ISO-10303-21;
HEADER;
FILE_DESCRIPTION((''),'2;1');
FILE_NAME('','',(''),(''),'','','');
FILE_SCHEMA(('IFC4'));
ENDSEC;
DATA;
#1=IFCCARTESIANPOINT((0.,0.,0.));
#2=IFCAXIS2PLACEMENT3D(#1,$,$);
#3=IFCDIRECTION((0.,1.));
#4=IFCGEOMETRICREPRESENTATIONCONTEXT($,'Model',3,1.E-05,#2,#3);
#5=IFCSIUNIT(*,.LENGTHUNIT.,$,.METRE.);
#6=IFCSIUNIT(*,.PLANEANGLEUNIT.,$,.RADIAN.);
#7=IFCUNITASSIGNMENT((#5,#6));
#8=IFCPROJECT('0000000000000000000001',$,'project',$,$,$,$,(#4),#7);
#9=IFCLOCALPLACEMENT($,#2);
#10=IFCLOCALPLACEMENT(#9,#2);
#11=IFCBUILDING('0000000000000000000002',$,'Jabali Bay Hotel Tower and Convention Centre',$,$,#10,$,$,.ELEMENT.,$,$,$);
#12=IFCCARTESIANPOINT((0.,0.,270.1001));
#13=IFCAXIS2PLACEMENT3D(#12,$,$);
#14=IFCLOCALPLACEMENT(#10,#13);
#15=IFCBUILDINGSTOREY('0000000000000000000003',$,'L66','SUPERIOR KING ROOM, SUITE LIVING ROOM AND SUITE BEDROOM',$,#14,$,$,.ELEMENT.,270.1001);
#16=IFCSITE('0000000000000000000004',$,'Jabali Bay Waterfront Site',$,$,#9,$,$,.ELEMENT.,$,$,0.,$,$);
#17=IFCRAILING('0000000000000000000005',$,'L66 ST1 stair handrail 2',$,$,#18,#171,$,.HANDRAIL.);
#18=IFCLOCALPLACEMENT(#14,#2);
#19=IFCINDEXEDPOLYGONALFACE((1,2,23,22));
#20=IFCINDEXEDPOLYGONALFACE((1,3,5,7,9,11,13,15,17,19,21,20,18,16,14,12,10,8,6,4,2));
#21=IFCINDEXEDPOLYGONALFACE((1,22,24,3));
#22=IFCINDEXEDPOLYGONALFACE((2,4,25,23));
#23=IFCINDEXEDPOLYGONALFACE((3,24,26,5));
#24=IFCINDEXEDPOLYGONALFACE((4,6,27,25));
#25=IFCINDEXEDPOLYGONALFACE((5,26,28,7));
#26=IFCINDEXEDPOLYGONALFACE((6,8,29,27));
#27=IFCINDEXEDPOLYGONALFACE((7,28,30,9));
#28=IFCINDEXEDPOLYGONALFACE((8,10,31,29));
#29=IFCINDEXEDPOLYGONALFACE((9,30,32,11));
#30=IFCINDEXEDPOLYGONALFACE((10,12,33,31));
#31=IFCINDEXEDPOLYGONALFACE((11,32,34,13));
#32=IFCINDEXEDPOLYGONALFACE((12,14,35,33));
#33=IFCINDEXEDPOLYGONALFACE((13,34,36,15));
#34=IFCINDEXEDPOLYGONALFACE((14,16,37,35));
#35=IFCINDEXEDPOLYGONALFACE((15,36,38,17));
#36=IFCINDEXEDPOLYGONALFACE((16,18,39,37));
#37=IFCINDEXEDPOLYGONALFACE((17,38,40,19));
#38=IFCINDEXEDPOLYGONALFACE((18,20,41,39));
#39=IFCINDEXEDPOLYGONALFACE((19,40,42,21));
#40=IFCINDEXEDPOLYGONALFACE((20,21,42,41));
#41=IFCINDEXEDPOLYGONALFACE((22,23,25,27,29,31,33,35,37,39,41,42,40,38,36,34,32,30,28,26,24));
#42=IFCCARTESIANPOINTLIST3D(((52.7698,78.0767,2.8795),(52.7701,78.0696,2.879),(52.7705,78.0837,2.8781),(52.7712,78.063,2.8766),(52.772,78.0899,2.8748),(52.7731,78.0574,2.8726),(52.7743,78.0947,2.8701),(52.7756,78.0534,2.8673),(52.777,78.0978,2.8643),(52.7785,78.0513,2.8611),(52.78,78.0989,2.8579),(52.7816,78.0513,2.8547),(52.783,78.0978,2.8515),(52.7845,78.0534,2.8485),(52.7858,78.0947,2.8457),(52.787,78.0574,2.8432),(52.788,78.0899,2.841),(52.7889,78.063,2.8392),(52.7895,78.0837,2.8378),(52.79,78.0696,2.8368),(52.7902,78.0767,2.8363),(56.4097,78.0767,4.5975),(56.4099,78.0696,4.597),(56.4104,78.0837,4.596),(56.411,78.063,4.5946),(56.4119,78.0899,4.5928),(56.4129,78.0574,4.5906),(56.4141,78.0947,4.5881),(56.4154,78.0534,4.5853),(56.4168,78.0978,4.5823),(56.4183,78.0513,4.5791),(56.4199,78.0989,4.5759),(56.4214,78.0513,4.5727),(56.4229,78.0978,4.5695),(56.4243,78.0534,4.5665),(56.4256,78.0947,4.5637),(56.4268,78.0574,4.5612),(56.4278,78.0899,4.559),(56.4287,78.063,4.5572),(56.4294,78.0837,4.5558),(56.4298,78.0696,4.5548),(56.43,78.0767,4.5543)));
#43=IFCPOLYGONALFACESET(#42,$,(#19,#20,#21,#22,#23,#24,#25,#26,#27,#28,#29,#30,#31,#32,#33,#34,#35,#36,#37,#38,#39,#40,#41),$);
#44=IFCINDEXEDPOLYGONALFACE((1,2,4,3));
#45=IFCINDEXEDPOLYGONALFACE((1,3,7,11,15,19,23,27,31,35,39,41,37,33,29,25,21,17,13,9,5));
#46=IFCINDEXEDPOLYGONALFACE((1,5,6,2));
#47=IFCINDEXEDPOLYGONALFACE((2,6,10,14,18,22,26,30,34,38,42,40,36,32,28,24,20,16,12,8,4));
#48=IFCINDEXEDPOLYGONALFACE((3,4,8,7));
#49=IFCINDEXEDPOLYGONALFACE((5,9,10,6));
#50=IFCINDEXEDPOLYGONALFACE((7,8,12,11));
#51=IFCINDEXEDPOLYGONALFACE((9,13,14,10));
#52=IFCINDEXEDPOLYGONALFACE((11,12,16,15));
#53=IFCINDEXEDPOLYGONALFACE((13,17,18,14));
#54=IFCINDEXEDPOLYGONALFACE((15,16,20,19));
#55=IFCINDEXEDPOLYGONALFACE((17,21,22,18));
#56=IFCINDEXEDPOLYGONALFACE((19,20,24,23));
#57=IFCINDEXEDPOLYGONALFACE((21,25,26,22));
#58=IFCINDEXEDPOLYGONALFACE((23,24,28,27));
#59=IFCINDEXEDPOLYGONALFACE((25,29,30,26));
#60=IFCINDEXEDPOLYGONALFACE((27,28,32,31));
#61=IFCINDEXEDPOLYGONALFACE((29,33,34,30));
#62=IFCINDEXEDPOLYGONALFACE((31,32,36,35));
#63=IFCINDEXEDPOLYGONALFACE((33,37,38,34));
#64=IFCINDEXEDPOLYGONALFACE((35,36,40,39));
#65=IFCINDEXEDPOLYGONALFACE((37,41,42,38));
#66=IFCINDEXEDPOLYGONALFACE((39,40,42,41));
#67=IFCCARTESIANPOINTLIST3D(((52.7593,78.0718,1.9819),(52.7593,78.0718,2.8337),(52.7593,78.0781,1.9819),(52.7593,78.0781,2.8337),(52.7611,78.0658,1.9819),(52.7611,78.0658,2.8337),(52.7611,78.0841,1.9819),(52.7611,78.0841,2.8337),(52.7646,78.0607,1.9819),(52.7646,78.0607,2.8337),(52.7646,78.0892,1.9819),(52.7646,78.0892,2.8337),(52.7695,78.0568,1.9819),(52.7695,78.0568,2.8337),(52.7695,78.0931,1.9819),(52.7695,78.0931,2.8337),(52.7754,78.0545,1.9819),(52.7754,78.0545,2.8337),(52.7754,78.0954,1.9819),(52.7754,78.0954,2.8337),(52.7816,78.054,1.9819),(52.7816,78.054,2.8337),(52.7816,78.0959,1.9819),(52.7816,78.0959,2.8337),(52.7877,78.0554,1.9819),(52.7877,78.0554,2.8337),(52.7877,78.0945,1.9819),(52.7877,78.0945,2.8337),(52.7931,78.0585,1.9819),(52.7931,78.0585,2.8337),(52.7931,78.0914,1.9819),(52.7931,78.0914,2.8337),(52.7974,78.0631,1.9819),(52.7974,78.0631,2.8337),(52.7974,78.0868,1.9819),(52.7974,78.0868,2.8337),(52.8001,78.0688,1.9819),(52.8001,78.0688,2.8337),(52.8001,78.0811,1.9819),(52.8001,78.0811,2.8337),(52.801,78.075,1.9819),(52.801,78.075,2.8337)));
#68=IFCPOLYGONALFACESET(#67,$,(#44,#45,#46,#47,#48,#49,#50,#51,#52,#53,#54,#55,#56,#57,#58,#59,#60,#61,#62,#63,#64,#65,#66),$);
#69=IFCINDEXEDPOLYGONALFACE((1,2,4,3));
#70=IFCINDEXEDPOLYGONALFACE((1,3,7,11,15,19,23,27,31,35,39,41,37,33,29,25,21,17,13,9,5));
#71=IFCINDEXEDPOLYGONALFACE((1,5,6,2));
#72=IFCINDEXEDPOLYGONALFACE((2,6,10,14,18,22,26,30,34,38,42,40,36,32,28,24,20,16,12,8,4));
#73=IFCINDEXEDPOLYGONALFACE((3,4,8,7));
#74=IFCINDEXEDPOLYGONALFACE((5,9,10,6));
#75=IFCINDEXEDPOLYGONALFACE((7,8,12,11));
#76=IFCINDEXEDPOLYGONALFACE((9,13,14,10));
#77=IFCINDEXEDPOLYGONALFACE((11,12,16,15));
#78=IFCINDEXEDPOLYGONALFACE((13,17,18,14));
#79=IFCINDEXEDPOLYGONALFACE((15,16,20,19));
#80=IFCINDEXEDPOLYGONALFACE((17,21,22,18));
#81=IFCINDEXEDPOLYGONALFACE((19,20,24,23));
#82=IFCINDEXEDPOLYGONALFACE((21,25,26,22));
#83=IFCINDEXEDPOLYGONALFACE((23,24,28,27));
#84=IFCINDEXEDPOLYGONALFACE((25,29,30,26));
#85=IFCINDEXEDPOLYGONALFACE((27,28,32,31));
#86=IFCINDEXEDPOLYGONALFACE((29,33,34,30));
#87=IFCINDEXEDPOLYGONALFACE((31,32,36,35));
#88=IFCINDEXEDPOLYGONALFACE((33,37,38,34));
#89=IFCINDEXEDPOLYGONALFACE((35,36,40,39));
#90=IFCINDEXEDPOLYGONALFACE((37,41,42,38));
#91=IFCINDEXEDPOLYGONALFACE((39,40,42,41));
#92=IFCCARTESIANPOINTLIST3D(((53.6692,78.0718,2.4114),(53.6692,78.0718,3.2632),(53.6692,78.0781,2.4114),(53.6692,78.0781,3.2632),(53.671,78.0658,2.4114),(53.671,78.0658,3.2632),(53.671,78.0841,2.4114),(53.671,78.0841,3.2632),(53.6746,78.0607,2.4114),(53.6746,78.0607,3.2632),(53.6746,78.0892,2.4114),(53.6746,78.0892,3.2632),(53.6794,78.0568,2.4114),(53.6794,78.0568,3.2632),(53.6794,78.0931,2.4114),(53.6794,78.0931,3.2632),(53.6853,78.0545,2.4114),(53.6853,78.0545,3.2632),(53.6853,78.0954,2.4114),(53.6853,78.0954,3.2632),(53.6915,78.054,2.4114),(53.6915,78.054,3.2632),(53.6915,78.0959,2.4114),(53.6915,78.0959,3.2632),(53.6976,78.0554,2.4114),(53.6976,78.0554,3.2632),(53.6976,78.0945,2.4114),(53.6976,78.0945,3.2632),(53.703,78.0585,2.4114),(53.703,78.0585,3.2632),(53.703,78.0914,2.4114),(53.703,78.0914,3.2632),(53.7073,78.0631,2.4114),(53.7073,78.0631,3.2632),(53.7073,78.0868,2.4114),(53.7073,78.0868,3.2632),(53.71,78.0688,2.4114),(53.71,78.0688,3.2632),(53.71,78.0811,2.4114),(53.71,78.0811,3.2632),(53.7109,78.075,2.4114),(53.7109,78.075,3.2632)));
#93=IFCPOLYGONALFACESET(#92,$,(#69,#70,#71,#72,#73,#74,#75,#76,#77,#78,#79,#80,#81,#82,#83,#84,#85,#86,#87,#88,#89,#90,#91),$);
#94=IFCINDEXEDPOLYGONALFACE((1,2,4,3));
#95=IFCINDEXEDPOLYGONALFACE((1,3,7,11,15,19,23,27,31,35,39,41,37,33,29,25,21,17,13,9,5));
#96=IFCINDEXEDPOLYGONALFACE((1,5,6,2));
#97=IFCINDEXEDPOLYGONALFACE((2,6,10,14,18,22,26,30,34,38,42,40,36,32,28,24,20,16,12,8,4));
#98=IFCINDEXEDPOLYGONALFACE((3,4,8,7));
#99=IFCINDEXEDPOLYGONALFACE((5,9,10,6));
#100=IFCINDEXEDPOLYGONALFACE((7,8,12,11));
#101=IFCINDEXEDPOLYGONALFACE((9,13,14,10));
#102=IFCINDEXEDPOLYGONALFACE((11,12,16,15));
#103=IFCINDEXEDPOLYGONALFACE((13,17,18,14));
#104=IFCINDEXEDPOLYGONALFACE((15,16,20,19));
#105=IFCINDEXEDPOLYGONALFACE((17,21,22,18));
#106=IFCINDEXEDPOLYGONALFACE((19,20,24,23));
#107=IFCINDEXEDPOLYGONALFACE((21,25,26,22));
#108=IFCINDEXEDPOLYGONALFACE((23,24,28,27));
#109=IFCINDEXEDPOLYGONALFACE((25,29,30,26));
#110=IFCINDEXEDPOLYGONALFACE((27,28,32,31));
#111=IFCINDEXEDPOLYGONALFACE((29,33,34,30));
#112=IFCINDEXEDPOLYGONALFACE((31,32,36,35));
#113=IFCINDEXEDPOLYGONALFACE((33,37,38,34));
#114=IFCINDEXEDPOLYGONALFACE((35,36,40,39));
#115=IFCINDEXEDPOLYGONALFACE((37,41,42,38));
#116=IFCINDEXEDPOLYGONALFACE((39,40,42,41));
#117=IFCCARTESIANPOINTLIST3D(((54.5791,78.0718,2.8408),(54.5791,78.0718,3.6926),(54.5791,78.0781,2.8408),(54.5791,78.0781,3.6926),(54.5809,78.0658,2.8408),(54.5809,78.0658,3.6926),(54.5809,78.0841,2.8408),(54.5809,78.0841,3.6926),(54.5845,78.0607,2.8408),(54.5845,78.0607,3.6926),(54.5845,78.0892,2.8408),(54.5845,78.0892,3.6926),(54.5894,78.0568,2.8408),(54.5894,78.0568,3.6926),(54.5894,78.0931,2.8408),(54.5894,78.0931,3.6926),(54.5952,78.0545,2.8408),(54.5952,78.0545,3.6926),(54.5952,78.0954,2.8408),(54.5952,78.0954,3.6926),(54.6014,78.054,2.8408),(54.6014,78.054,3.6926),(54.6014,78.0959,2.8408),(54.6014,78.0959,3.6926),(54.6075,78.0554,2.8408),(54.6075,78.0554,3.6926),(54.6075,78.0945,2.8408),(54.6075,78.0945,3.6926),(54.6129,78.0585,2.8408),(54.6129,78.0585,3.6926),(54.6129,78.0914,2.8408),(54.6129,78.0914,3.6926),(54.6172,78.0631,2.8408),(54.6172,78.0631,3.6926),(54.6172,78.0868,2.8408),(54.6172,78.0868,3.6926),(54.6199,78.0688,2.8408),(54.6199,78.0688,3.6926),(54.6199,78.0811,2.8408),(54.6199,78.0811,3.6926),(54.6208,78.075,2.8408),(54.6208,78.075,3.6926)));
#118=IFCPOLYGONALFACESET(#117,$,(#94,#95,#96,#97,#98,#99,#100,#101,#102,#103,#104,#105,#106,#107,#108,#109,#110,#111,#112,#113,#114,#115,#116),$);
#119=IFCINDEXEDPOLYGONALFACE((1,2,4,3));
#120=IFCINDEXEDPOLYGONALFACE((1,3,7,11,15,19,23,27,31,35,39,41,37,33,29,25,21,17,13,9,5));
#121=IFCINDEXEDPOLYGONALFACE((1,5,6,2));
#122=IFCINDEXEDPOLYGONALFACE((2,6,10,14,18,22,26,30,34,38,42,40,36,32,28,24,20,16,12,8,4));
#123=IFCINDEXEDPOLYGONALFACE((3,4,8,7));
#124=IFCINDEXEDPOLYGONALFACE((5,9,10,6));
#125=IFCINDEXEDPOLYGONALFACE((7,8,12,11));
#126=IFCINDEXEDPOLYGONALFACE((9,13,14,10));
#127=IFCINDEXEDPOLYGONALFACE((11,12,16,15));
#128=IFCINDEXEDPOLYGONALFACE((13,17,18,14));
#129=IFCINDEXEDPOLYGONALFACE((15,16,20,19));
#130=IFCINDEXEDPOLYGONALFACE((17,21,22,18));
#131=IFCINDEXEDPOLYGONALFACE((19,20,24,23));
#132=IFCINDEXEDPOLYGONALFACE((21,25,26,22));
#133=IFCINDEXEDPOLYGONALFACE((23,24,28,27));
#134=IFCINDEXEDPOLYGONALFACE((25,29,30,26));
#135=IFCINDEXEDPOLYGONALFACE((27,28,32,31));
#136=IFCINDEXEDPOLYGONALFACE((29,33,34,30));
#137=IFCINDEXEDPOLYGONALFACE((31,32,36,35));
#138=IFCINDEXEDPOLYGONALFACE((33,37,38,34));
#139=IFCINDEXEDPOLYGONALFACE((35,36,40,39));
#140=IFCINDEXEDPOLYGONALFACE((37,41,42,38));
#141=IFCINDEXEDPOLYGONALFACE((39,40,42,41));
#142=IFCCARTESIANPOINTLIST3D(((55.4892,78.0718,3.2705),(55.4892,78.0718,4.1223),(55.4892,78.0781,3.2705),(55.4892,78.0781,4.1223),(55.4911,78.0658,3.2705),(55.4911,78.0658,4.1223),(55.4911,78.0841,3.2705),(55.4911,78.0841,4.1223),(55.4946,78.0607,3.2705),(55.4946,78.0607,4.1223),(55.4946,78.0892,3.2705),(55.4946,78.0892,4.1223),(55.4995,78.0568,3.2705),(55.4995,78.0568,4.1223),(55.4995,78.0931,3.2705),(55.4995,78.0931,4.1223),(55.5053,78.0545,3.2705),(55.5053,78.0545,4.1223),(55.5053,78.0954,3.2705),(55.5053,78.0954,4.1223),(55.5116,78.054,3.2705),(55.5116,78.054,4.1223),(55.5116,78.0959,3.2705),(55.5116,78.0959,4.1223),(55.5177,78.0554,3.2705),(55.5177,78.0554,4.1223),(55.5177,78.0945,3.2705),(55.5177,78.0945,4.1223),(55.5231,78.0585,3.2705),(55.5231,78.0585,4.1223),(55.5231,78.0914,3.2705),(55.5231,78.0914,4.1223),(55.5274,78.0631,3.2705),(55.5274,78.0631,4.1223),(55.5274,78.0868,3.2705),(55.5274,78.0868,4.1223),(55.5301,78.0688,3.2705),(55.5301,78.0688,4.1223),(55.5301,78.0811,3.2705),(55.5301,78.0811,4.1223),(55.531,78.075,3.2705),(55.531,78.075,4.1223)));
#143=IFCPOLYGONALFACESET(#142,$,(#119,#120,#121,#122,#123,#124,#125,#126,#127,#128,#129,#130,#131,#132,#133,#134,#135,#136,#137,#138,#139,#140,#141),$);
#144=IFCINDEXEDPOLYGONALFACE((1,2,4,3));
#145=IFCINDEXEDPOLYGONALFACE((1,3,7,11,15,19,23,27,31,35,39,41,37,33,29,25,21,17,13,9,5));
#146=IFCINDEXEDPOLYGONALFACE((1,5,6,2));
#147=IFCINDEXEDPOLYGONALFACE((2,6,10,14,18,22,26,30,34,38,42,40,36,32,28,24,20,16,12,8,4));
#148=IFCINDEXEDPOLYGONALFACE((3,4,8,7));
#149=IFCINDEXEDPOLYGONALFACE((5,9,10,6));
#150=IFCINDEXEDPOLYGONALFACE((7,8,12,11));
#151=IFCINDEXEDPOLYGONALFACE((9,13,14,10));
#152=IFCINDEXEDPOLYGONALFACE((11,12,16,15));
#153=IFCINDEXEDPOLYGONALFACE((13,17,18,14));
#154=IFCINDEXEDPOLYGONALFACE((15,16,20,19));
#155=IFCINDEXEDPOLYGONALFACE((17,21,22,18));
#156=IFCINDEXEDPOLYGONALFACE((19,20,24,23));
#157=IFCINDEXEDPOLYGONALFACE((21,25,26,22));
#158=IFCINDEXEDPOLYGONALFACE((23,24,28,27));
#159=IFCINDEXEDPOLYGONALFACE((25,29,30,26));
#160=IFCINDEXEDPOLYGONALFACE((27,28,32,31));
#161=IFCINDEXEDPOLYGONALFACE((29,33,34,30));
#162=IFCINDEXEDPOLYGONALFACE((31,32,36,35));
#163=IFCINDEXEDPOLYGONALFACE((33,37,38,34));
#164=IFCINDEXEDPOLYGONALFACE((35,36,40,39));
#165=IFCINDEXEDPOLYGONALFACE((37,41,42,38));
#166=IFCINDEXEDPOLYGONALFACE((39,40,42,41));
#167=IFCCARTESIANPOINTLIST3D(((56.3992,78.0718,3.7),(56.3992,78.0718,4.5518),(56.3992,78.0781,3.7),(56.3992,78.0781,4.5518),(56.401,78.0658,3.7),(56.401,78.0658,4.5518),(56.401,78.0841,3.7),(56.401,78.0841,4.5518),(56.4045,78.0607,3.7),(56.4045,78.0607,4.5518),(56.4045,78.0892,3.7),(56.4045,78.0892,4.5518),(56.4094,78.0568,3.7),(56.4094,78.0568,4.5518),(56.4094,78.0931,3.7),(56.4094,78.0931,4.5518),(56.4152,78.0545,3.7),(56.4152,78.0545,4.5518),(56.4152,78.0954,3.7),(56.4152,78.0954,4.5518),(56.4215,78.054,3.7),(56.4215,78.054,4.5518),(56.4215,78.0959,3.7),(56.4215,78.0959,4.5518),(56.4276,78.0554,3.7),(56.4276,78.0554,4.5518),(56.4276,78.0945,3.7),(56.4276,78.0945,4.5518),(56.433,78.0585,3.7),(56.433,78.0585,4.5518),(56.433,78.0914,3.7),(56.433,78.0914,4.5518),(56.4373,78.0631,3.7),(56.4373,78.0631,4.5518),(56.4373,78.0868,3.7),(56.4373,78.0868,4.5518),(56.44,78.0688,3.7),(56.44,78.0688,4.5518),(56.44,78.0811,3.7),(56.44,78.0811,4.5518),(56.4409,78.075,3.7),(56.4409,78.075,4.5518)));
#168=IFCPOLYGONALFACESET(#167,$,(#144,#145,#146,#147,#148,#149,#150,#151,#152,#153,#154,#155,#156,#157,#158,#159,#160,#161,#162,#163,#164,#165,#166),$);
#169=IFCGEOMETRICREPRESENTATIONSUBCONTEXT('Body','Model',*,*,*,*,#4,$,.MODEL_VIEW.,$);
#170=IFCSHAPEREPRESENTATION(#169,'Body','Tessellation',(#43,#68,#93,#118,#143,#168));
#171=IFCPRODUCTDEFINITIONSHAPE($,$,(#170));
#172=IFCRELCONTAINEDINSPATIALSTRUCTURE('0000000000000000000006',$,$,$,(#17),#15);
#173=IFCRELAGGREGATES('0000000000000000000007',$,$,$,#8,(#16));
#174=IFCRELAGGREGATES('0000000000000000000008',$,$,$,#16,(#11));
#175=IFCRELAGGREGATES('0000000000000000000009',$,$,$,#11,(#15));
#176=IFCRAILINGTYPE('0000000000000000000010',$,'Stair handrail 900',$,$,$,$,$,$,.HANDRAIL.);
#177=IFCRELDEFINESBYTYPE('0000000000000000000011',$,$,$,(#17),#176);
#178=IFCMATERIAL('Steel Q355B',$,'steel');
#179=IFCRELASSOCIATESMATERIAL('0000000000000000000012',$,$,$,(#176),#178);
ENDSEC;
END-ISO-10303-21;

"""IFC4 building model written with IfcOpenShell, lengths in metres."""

from ifc_helpers import new_model, si_unit, direction, frame, origin, origin_2d, place, context, subcontext, project, spatial, circle, extrude, material, type_object, element, save


model = new_model("IFC4")

# Units and contexts
model_context = context("Model", 3, precision=1e-05, world=origin(), true_north=direction((0.0, 1.0)))
body_context = subcontext(model_context, "Body", "Model", "MODEL_VIEW")
ifc_project = project(units=[si_unit("LENGTHUNIT", "METRE"), si_unit("PLANEANGLEUNIT", "RADIAN")], contexts=[model_context])

# Site, building, storey
site_placement = place(None, origin())
site = spatial("IfcSite", under=ifc_project, at=site_placement, Name="Jabali Bay Waterfront Site", CompositionType="ELEMENT", RefElevation=0.0)
building_placement = place(site_placement, origin())
building = spatial("IfcBuilding", under=site, at=building_placement, Name="Jabali Bay Hotel Tower and Convention Centre", CompositionType="ELEMENT")
storey_placement = place(building_placement, frame((0.0, 0.0, 270.1001)))
storey = spatial("IfcBuildingStorey", under=building, at=storey_placement, Name="L66", Description="SUPERIOR KING ROOM, SUITE LIVING ROOM AND SUITE BEDROOM", CompositionType="ELEMENT", Elevation=270.1001)

# Railing
ifc_material_1 = material(Name="Steel Q355B", Category="steel")
railing_type = type_object("IfcRailingType", Name="Stair handrail 900", PredefinedType="HANDRAIL", material=ifc_material_1)
railing_placement = place(storey_placement, frame((52.78, 78.075, 1.9819)))
element("IfcRailing", 1, at=railing_placement, inside=storey, type_object=railing_type, Name="L66 ST1 stair handrail 2", PredefinedType="HANDRAIL", context=body_context, shape_type="SweptSolid", body=[
    extrude(circle(Radius=0.0239, at=origin_2d()), frame((0.0, 0.0, 0.876), z_axis=(0.904327, 0.0, 0.42684), x_axis=(0.0, 1.0, 0.0)), (0.0, 0.0, 1.0), 4.0249),
    extrude(circle(Radius=0.021, at=origin_2d()), origin(), (0.0, 0.0, 1.0), 0.8518),
    extrude(circle(Radius=0.021, at=origin_2d()), frame((0.9099, 0.0, 0.4294)), (0.0, 0.0, 1.0), 0.8518),
    extrude(circle(Radius=0.021, at=origin_2d()), frame((1.8198, 0.0, 0.8589)), (0.0, 0.0, 1.0), 0.8518),
    extrude(circle(Radius=0.021, at=origin_2d()), frame((2.73, 0.0, 1.2886)), (0.0, 0.0, 1.0), 0.8518),
    extrude(circle(Radius=0.021, at=origin_2d()), frame((3.6399, 0.0, 1.718)), (0.0, 0.0, 1.0), 0.8518),
])

save(model, "model.ifc")
